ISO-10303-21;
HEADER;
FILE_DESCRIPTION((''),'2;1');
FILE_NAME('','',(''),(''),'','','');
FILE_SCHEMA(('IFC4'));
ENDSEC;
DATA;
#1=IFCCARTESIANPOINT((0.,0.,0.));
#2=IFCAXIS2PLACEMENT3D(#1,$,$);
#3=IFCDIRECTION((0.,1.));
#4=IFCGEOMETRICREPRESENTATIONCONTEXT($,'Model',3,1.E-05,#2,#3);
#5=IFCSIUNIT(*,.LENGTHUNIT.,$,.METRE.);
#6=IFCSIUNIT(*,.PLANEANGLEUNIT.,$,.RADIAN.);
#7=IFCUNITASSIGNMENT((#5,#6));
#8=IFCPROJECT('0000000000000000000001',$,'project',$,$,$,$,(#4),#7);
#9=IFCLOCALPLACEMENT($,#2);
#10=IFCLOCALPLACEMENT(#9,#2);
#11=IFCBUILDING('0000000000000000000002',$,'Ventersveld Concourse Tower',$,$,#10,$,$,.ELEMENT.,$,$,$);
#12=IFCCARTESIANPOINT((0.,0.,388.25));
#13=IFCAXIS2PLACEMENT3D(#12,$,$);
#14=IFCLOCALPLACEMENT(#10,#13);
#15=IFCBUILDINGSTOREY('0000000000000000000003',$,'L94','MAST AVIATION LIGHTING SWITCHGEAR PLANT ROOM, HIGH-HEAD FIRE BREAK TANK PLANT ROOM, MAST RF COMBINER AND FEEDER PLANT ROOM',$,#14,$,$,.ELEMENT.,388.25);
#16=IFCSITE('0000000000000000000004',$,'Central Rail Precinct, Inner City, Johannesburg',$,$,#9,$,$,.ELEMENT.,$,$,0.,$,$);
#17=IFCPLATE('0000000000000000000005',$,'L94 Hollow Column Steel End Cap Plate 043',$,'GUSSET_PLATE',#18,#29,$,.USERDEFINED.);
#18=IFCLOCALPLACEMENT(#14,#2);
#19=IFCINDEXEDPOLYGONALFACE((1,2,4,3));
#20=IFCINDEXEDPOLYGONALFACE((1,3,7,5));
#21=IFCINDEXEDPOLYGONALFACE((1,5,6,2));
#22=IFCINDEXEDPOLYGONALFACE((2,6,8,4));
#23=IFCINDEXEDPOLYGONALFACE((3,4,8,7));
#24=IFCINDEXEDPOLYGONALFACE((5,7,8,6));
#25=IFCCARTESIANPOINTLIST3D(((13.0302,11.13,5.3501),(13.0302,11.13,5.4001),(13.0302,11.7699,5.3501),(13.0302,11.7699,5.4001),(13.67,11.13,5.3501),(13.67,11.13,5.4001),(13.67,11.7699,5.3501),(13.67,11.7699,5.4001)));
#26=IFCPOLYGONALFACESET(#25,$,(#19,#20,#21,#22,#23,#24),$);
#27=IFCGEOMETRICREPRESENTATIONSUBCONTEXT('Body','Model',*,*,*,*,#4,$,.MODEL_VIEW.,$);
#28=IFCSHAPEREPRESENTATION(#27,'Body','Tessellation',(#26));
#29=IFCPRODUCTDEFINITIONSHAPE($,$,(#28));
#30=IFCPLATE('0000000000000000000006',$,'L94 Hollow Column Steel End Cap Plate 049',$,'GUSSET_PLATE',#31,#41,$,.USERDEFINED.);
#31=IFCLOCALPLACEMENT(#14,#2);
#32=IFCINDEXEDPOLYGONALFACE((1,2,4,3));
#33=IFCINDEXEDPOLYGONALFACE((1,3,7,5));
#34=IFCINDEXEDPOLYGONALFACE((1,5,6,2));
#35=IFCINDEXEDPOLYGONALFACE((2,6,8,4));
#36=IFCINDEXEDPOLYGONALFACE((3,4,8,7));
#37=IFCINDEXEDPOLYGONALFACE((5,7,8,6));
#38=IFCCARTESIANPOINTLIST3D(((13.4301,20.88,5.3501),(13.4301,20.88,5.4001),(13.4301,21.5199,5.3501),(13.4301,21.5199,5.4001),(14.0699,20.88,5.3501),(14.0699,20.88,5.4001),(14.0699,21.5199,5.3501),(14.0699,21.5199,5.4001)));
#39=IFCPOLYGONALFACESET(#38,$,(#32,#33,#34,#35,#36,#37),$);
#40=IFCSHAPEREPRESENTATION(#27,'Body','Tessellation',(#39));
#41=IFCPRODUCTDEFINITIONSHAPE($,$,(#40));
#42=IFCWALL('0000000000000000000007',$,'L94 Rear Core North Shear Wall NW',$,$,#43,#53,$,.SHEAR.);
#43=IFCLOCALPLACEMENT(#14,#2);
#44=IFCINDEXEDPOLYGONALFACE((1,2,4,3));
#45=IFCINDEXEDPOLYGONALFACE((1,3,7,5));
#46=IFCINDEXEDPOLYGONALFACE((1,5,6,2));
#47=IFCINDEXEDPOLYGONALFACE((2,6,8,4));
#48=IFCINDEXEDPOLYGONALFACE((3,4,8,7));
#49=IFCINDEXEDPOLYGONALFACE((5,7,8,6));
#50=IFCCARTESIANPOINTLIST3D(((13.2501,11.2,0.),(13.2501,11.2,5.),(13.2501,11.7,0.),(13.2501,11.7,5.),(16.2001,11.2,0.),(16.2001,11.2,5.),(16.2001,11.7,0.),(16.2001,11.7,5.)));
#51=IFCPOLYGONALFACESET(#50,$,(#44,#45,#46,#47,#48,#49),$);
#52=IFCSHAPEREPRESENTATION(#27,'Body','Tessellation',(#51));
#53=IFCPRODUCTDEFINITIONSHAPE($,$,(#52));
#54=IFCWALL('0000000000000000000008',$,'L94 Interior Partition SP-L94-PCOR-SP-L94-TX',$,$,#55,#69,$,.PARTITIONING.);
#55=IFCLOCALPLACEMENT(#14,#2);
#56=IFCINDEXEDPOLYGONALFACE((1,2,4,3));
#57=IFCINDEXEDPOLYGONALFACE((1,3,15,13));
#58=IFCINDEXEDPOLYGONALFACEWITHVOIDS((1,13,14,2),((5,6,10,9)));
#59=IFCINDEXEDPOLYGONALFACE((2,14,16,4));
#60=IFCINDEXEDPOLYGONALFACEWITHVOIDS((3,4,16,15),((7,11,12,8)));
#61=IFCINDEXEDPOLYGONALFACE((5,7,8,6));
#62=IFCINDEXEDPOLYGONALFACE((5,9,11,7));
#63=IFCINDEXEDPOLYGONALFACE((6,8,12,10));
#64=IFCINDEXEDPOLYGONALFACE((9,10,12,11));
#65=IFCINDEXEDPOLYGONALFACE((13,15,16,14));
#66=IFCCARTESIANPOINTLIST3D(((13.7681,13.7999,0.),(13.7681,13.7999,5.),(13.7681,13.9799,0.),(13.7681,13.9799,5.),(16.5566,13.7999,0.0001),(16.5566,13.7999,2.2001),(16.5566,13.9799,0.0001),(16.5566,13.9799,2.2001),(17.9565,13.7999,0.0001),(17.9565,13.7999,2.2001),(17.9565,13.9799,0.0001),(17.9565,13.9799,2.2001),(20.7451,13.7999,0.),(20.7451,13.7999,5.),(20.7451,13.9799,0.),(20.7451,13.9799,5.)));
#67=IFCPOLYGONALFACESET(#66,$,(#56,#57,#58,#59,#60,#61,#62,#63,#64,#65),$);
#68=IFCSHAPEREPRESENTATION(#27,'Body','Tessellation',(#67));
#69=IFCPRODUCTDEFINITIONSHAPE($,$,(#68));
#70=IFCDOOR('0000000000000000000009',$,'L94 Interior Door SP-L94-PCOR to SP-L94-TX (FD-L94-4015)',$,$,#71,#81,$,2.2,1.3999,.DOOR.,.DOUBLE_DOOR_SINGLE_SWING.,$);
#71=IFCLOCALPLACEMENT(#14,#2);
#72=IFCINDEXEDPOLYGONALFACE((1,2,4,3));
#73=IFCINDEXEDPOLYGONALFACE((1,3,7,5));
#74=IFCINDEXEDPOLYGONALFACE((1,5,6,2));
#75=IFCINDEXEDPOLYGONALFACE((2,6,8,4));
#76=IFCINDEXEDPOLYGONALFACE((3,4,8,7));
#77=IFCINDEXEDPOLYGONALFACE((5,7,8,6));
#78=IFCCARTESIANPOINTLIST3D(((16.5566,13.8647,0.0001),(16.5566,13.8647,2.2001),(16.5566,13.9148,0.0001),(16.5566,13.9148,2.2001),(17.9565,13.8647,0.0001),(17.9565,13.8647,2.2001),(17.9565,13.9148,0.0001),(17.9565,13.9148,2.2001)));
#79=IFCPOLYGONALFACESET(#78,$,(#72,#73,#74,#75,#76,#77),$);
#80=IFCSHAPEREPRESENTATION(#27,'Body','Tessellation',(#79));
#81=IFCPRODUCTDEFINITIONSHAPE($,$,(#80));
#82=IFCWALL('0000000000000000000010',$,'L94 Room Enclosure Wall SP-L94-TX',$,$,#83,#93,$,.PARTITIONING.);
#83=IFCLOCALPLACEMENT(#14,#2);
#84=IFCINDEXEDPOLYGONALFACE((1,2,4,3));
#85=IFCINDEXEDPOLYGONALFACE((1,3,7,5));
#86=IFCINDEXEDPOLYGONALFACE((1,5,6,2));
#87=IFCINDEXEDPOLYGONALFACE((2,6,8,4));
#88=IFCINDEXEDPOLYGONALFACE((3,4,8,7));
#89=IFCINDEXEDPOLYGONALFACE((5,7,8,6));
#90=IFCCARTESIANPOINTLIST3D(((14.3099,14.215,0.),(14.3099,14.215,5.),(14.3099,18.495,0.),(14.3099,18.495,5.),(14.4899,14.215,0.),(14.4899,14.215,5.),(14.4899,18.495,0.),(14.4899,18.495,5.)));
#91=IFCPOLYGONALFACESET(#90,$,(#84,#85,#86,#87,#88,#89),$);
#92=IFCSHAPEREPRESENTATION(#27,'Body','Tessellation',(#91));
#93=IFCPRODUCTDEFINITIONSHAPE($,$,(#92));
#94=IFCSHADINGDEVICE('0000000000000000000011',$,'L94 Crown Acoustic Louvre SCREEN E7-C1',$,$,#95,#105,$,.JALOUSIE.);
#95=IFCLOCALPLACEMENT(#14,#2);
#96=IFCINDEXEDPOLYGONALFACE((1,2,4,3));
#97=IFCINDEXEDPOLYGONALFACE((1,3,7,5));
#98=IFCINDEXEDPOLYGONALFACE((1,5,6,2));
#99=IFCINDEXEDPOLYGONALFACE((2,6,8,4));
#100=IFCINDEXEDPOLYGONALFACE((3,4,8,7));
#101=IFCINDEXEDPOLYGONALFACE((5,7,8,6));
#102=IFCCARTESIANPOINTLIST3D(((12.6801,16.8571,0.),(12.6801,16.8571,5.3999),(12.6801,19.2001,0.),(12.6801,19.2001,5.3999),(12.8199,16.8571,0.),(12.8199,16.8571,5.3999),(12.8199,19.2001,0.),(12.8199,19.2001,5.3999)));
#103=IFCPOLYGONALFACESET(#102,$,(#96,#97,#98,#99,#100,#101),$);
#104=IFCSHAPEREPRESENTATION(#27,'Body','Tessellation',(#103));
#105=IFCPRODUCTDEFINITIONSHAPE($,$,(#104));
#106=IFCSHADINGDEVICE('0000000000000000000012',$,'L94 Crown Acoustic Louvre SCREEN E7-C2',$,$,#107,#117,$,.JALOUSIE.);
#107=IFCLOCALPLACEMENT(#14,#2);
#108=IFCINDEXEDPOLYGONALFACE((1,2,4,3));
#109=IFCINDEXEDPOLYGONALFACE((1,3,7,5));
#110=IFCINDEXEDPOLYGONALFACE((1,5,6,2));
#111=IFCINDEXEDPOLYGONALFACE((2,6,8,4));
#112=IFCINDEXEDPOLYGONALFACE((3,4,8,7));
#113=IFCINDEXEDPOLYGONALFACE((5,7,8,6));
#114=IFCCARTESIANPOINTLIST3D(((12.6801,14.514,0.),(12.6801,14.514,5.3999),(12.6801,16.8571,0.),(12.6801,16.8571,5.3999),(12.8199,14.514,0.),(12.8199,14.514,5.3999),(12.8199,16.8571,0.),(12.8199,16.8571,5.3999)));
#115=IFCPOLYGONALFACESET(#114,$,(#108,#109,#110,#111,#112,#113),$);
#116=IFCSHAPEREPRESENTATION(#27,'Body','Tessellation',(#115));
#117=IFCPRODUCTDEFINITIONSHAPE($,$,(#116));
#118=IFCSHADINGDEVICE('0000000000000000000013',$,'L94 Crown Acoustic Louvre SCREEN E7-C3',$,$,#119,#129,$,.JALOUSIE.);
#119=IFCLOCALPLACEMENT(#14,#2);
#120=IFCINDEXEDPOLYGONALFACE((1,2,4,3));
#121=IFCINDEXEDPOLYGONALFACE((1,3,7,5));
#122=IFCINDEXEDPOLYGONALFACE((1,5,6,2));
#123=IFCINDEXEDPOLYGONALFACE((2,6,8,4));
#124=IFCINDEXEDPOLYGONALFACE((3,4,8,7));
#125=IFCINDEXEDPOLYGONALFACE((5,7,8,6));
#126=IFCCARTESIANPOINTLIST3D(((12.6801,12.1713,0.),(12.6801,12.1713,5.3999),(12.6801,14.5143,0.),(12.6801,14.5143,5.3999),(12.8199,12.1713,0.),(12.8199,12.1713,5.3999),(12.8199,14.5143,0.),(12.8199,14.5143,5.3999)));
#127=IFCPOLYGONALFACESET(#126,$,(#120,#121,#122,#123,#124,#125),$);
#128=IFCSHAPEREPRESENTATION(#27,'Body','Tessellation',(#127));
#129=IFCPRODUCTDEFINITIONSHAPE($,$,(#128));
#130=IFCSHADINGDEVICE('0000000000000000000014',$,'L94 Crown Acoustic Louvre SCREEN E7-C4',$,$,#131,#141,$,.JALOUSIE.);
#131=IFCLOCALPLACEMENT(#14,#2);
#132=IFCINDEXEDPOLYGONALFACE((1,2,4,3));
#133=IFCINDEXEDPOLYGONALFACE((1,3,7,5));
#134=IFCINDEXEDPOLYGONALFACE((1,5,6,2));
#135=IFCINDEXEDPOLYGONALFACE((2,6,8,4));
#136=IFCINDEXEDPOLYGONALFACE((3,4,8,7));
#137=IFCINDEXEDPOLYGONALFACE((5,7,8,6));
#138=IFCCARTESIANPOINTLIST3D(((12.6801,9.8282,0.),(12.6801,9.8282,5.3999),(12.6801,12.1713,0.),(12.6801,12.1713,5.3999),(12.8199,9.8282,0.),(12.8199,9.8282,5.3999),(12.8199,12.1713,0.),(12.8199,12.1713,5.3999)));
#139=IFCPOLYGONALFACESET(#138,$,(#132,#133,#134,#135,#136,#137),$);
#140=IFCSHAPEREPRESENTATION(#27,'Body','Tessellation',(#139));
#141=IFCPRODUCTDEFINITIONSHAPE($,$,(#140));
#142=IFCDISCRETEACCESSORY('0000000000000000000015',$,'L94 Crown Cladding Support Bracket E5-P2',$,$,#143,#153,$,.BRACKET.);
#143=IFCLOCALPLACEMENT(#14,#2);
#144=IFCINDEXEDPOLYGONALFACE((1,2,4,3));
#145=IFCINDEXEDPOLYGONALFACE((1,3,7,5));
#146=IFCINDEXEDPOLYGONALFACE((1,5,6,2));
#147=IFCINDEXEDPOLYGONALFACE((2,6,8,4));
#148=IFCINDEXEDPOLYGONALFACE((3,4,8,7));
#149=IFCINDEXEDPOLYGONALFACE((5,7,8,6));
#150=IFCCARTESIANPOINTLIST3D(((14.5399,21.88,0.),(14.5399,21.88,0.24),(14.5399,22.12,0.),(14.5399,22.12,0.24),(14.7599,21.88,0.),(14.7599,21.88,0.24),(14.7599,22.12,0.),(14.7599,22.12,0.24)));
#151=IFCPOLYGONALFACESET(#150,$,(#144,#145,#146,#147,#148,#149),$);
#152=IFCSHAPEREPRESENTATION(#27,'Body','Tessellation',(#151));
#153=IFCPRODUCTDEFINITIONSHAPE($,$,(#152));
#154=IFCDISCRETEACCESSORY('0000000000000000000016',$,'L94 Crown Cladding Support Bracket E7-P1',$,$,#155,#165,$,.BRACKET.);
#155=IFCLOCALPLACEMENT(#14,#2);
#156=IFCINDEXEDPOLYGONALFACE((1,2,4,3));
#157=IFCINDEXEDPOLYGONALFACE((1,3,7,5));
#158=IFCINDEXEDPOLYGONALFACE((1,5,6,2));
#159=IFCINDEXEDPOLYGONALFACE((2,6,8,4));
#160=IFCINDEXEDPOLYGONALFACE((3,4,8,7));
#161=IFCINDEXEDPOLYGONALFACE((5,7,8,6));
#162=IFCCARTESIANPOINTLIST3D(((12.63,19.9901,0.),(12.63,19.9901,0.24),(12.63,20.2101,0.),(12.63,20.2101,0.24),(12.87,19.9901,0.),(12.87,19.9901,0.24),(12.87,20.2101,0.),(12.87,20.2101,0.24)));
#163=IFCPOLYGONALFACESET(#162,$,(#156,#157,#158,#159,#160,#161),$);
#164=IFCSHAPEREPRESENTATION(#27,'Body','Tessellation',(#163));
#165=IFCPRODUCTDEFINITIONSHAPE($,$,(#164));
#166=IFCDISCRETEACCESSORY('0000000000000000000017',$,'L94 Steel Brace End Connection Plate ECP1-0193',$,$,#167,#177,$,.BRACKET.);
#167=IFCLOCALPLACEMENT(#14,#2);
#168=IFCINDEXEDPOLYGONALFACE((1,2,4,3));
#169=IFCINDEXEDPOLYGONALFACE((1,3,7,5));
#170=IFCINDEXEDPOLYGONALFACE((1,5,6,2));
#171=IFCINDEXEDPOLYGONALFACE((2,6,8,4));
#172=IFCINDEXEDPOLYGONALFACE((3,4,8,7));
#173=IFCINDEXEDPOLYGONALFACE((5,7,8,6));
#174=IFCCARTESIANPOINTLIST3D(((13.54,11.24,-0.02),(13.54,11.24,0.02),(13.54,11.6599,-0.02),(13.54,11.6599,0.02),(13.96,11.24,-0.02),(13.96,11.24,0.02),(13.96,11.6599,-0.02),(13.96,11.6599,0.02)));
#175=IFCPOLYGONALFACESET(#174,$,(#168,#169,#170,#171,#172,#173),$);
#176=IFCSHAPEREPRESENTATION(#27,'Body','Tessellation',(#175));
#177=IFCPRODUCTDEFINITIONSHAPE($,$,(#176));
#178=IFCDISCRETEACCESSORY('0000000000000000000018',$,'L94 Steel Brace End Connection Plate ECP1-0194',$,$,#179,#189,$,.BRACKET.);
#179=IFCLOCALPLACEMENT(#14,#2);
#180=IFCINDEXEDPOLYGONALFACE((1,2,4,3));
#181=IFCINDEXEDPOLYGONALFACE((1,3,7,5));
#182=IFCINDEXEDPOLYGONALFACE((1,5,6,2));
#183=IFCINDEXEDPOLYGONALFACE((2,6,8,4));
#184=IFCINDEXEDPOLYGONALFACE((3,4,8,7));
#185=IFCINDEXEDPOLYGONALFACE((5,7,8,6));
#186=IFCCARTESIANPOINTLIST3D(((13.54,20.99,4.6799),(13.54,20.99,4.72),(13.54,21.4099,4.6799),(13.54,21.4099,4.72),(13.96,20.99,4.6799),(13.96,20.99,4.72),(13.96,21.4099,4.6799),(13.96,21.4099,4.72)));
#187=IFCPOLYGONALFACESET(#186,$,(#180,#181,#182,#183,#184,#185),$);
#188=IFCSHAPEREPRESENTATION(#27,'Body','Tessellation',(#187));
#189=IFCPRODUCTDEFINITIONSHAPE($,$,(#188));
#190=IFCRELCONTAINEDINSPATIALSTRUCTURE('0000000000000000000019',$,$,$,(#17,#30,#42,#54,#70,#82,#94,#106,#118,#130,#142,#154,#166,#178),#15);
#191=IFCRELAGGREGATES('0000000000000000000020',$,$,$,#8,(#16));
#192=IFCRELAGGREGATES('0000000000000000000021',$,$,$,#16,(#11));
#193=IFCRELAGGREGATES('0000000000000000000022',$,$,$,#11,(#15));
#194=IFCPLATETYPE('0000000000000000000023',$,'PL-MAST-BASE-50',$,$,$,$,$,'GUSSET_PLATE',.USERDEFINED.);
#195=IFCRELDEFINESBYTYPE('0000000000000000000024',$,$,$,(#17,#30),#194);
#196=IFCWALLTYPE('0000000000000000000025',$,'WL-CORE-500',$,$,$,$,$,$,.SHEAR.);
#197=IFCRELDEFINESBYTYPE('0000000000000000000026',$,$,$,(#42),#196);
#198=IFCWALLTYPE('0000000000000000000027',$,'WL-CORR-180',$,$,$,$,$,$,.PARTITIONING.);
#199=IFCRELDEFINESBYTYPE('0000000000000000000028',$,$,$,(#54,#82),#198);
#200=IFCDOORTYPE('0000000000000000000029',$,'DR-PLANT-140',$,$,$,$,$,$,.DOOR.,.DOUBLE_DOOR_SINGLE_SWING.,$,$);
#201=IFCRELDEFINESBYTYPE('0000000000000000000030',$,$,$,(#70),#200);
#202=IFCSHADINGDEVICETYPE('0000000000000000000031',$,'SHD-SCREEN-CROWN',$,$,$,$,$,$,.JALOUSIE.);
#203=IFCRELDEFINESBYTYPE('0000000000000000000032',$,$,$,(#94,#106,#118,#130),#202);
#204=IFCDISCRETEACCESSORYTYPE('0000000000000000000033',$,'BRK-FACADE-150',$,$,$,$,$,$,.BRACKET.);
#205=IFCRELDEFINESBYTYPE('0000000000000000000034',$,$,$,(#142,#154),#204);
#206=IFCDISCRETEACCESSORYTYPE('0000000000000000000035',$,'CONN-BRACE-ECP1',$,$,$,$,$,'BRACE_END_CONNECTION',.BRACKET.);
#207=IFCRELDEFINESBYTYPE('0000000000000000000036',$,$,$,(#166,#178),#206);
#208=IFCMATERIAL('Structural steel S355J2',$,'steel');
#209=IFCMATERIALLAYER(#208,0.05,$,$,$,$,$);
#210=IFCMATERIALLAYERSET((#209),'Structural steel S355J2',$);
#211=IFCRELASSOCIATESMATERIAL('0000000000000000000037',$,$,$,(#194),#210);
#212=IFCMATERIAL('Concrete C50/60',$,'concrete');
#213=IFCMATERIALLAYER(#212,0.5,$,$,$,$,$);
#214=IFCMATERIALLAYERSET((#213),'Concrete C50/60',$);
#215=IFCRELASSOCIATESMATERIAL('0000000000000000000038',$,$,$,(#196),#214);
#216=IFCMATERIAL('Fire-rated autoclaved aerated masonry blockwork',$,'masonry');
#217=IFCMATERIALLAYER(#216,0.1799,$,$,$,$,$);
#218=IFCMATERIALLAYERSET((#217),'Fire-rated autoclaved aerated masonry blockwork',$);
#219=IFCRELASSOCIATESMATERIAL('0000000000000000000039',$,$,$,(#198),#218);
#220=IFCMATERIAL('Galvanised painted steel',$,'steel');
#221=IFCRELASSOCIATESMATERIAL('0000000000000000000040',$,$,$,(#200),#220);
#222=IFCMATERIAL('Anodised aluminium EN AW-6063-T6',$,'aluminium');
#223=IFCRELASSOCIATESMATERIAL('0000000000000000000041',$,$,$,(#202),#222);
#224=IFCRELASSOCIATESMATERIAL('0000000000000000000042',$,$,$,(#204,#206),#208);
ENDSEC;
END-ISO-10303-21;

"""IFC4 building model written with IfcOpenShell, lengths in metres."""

from ifc_helpers import new_model, si_unit, direction, frame, frame_2d, origin, origin_2d, place, context, subcontext, project, spatial, rectangle, extrude, material, layer, layer_set, type_object, element, fill, save


model = new_model("IFC4")

# Units and contexts
model_context = context("Model", 3, precision=1e-05, world=origin(), true_north=direction((0.0, 1.0)))
body_context = subcontext(model_context, "Body", "Model", "MODEL_VIEW")
ifc_project = project(units=[si_unit("LENGTHUNIT", "METRE"), si_unit("PLANEANGLEUNIT", "RADIAN")], contexts=[model_context])

# Site, building, storey
site_placement = place(None, origin())
site = spatial("IfcSite", under=ifc_project, at=site_placement, Name="Central Rail Precinct, Inner City, Johannesburg", CompositionType="ELEMENT", RefElevation=0.0)
building_placement = place(site_placement, origin())
building = spatial("IfcBuilding", under=site, at=building_placement, Name="Ventersveld Concourse Tower", CompositionType="ELEMENT")
storey_placement = place(building_placement, frame((0.0, 0.0, 388.25)))
storey = spatial("IfcBuildingStorey", under=building, at=storey_placement, Name="L94", Description="MAST AVIATION LIGHTING SWITCHGEAR PLANT ROOM, HIGH-HEAD FIRE BREAK TANK PLANT ROOM, MAST RF COMBINER AND FEEDER PLANT ROOM", CompositionType="ELEMENT", Elevation=388.25)

# Shared definitions
ifc_material_1 = material(Name="Anodised aluminium EN AW-6063-T6", Category="aluminium")

# Plates
ifc_material_2 = material(Name="Structural steel S355J2", Category="steel")
ifc_layer_1 = layer(ifc_material_2, 0.05)
ifc_layer_set_1 = layer_set([ifc_layer_1], Name="Structural steel S355J2")
plate_type_1 = type_object("IfcPlateType", Name="PL-MAST-BASE-50", ElementType="GUSSET_PLATE", PredefinedType="USERDEFINED", material=ifc_layer_set_1)
for number, where, z_axis, x_axis, name in (
    (1, (13.3501, 11.45, 5.3501), (0.0, 0.0, 1.0), (1.0, 0.0, 0.0), "L94 Hollow Column Steel End Cap Plate 043"),
    (2, (13.75, 21.2, 5.3501), (0.0, 0.0, 1.0), (1.0, 0.0, 0.0), "L94 Hollow Column Steel End Cap Plate 049"),
):
    element("IfcPlate", number, at=place(storey_placement, frame(where, z_axis=z_axis, x_axis=x_axis)), inside=storey, type_object=plate_type_1, Name=name, ObjectType="GUSSET_PLATE", PredefinedType="USERDEFINED", context=body_context, shape_type="SweptSolid", body=[
        extrude(rectangle(XDim=0.6399, YDim=0.6399, at=origin_2d()), origin(), (0.0, 0.0, 1.0), 0.05),
    ])

# Wall
ifc_material_3 = material(Name="Concrete C50/60", Category="concrete")
ifc_layer_2 = layer(ifc_material_3, 0.5)
ifc_layer_set_2 = layer_set([ifc_layer_2], Name="Concrete C50/60")
wall_type_1 = type_object("IfcWallType", Name="WL-CORE-500", PredefinedType="SHEAR", material=ifc_layer_set_2)
wall_1_placement = place(storey_placement, frame((13.25, 11.45, 0.0), z_axis=(0.0, 0.0, 1.0), x_axis=(1.0, 0.0, 0.0)))
element("IfcWall", 3, at=wall_1_placement, inside=storey, type_object=wall_type_1, Name="L94 Rear Core North Shear Wall NW", PredefinedType="SHEAR", context=body_context, shape_type="SweptSolid", body=[
    extrude(rectangle(XDim=2.95, YDim=0.5, at=frame_2d((1.4751, 0.0))), origin(), (0.0, 0.0, 1.0), 5.0),
])

# Wall, opening, door
ifc_material_4 = material(Name="Fire-rated autoclaved aerated masonry blockwork", Category="masonry")
ifc_layer_3 = layer(ifc_material_4, 0.1799)
ifc_layer_set_3 = layer_set([ifc_layer_3], Name="Fire-rated autoclaved aerated masonry blockwork")
wall_type_2 = type_object("IfcWallType", Name="WL-CORR-180", PredefinedType="PARTITIONING", material=ifc_layer_set_3)
wall_2_placement = place(storey_placement, frame((13.7681, 13.8899, 0.0), z_axis=(0.0, 0.0, 1.0), x_axis=(1.0, 0.0, 0.0)))
wall_2 = element("IfcWall", 4, at=wall_2_placement, inside=storey, type_object=wall_type_2, Name="L94 Interior Partition SP-L94-PCOR-SP-L94-TX", PredefinedType="PARTITIONING", context=body_context, shape_type="SweptSolid", body=[
    extrude(rectangle(XDim=6.9771, YDim=0.1799, at=frame_2d((3.4885, 0.0))), origin(), (0.0, 0.0, 1.0), 5.0),
])
opening_placement = place(wall_2_placement, frame((2.7886, 0.0, 0.0)))
opening = element("IfcOpeningElement", 5, at=opening_placement, cuts=wall_2, PredefinedType="OPENING", context=body_context, shape_type="SweptSolid", body=[
    extrude(rectangle(XDim=1.3999, YDim=2.2, at=frame_2d((0.7, 1.1001))), frame((0.0, 0.1001, 0.0), z_axis=(0.0, -1.0, 0.0), x_axis=(1.0, 0.0, 0.0)), (0.0, 0.0, 1.0), 0.2),
])
ifc_material_5 = material(Name="Galvanised painted steel", Category="steel")
door_type = type_object("IfcDoorType", Name="DR-PLANT-140", OperationType="DOUBLE_DOOR_SINGLE_SWING", PredefinedType="DOOR", material=ifc_material_5)
door_placement = place(opening_placement, origin())
door = element("IfcDoor", 6, at=door_placement, inside=storey, type_object=door_type, Name="L94 Interior Door SP-L94-PCOR to SP-L94-TX (FD-L94-4015)", OperationType="DOUBLE_DOOR_SINGLE_SWING", OverallHeight=2.2, OverallWidth=1.3999, PredefinedType="DOOR", context=body_context, shape_type="SweptSolid", body=[
    extrude(rectangle(XDim=1.3999, YDim=2.2, at=frame_2d((0.7, 1.1001))), frame((0.0, 0.0249, 0.0), z_axis=(0.0, -1.0, 0.0), x_axis=(1.0, 0.0, 0.0)), (0.0, 0.0, 1.0), 0.05),
])
fill(opening, door)

# Wall
wall_3_placement = place(storey_placement, frame((14.3999, 18.4951, 0.0), z_axis=(0.0, 0.0, 1.0), x_axis=(0.0, -1.0, 0.0)))
element("IfcWall", 7, at=wall_3_placement, inside=storey, type_object=wall_type_2, Name="L94 Room Enclosure Wall SP-L94-TX", PredefinedType="PARTITIONING", context=body_context, shape_type="SweptSolid", body=[
    extrude(rectangle(XDim=4.28, YDim=0.1799, at=frame_2d((2.1401, 0.0))), origin(), (0.0, 0.0, 1.0), 5.0),
])

# Shading devices
shading_device_type = type_object("IfcShadingDeviceType", Name="SHD-SCREEN-CROWN", PredefinedType="JALOUSIE", material=ifc_material_1)
for number, where, z_axis, x_axis, name in (
    (8, (12.75, 18.0286, 0.0), (0.0, 0.0, 1.0), (0.0, -1.0, 0.0), "L94 Crown Acoustic Louvre SCREEN E7-C1"),
    (9, (12.75, 15.6855, 0.0), (0.0, 0.0, 1.0), (0.0, -1.0, 0.0), "L94 Crown Acoustic Louvre SCREEN E7-C2"),
    (10, (12.75, 13.3428, 0.0), (0.0, 0.0, 1.0), (0.0, -1.0, 0.0), "L94 Crown Acoustic Louvre SCREEN E7-C3"),
    (11, (12.75, 10.9998, 0.0), (0.0, 0.0, 1.0), (0.0, -1.0, 0.0), "L94 Crown Acoustic Louvre SCREEN E7-C4"),
):
    element("IfcShadingDevice", number, at=place(storey_placement, frame(where, z_axis=z_axis, x_axis=x_axis)), inside=storey, type_object=shading_device_type, Name=name, PredefinedType="JALOUSIE", context=body_context, shape_type="SweptSolid", body=[
        extrude(rectangle(XDim=2.343, YDim=0.1399, at=origin_2d()), origin(), (0.0, 0.0, 1.0), 5.3999),
    ])

# Discrete accessories
discrete_accessory_type_1 = type_object("IfcDiscreteAccessoryType", Name="BRK-FACADE-150", PredefinedType="BRACKET", material=ifc_material_2)
for number, where, z_axis, x_axis, name in (
    (12, (14.6499, 22.0, 0.0), (0.0, 0.0, 1.0), (-1.0, 0.0, 0.0), "L94 Crown Cladding Support Bracket E5-P2"),
    (13, (12.75, 20.1001, 0.0), (0.0, 0.0, 1.0), (0.0, -1.0, 0.0), "L94 Crown Cladding Support Bracket E7-P1"),
):
    element("IfcDiscreteAccessory", number, at=place(storey_placement, frame(where, z_axis=z_axis, x_axis=x_axis)), inside=storey, type_object=discrete_accessory_type_1, Name=name, PredefinedType="BRACKET", context=body_context, shape_type="SweptSolid", body=[
        extrude(rectangle(XDim=0.22, YDim=0.24, at=origin_2d()), origin(), (0.0, 0.0, 1.0), 0.24),
    ])
discrete_accessory_type_2 = type_object("IfcDiscreteAccessoryType", Name="CONN-BRACE-ECP1", ElementType="BRACE_END_CONNECTION", PredefinedType="BRACKET", material=ifc_material_2)
for number, where, z_axis, x_axis, name in (
    (14, (13.75, 11.45, -0.02), (0.0, 0.0, 1.0), (1.0, 0.0, 0.0), "L94 Steel Brace End Connection Plate ECP1-0193"),
    (15, (13.75, 21.2, 4.6799), (0.0, 0.0, 1.0), (1.0, 0.0, 0.0), "L94 Steel Brace End Connection Plate ECP1-0194"),
):
    element("IfcDiscreteAccessory", number, at=place(storey_placement, frame(where, z_axis=z_axis, x_axis=x_axis)), inside=storey, type_object=discrete_accessory_type_2, Name=name, PredefinedType="BRACKET", context=body_context, shape_type="SweptSolid", body=[
        extrude(rectangle(XDim=0.4199, YDim=0.4199, at=origin_2d()), origin(), (0.0, 0.0, 1.0), 0.04),
    ])

save(model, "model.ifc")
